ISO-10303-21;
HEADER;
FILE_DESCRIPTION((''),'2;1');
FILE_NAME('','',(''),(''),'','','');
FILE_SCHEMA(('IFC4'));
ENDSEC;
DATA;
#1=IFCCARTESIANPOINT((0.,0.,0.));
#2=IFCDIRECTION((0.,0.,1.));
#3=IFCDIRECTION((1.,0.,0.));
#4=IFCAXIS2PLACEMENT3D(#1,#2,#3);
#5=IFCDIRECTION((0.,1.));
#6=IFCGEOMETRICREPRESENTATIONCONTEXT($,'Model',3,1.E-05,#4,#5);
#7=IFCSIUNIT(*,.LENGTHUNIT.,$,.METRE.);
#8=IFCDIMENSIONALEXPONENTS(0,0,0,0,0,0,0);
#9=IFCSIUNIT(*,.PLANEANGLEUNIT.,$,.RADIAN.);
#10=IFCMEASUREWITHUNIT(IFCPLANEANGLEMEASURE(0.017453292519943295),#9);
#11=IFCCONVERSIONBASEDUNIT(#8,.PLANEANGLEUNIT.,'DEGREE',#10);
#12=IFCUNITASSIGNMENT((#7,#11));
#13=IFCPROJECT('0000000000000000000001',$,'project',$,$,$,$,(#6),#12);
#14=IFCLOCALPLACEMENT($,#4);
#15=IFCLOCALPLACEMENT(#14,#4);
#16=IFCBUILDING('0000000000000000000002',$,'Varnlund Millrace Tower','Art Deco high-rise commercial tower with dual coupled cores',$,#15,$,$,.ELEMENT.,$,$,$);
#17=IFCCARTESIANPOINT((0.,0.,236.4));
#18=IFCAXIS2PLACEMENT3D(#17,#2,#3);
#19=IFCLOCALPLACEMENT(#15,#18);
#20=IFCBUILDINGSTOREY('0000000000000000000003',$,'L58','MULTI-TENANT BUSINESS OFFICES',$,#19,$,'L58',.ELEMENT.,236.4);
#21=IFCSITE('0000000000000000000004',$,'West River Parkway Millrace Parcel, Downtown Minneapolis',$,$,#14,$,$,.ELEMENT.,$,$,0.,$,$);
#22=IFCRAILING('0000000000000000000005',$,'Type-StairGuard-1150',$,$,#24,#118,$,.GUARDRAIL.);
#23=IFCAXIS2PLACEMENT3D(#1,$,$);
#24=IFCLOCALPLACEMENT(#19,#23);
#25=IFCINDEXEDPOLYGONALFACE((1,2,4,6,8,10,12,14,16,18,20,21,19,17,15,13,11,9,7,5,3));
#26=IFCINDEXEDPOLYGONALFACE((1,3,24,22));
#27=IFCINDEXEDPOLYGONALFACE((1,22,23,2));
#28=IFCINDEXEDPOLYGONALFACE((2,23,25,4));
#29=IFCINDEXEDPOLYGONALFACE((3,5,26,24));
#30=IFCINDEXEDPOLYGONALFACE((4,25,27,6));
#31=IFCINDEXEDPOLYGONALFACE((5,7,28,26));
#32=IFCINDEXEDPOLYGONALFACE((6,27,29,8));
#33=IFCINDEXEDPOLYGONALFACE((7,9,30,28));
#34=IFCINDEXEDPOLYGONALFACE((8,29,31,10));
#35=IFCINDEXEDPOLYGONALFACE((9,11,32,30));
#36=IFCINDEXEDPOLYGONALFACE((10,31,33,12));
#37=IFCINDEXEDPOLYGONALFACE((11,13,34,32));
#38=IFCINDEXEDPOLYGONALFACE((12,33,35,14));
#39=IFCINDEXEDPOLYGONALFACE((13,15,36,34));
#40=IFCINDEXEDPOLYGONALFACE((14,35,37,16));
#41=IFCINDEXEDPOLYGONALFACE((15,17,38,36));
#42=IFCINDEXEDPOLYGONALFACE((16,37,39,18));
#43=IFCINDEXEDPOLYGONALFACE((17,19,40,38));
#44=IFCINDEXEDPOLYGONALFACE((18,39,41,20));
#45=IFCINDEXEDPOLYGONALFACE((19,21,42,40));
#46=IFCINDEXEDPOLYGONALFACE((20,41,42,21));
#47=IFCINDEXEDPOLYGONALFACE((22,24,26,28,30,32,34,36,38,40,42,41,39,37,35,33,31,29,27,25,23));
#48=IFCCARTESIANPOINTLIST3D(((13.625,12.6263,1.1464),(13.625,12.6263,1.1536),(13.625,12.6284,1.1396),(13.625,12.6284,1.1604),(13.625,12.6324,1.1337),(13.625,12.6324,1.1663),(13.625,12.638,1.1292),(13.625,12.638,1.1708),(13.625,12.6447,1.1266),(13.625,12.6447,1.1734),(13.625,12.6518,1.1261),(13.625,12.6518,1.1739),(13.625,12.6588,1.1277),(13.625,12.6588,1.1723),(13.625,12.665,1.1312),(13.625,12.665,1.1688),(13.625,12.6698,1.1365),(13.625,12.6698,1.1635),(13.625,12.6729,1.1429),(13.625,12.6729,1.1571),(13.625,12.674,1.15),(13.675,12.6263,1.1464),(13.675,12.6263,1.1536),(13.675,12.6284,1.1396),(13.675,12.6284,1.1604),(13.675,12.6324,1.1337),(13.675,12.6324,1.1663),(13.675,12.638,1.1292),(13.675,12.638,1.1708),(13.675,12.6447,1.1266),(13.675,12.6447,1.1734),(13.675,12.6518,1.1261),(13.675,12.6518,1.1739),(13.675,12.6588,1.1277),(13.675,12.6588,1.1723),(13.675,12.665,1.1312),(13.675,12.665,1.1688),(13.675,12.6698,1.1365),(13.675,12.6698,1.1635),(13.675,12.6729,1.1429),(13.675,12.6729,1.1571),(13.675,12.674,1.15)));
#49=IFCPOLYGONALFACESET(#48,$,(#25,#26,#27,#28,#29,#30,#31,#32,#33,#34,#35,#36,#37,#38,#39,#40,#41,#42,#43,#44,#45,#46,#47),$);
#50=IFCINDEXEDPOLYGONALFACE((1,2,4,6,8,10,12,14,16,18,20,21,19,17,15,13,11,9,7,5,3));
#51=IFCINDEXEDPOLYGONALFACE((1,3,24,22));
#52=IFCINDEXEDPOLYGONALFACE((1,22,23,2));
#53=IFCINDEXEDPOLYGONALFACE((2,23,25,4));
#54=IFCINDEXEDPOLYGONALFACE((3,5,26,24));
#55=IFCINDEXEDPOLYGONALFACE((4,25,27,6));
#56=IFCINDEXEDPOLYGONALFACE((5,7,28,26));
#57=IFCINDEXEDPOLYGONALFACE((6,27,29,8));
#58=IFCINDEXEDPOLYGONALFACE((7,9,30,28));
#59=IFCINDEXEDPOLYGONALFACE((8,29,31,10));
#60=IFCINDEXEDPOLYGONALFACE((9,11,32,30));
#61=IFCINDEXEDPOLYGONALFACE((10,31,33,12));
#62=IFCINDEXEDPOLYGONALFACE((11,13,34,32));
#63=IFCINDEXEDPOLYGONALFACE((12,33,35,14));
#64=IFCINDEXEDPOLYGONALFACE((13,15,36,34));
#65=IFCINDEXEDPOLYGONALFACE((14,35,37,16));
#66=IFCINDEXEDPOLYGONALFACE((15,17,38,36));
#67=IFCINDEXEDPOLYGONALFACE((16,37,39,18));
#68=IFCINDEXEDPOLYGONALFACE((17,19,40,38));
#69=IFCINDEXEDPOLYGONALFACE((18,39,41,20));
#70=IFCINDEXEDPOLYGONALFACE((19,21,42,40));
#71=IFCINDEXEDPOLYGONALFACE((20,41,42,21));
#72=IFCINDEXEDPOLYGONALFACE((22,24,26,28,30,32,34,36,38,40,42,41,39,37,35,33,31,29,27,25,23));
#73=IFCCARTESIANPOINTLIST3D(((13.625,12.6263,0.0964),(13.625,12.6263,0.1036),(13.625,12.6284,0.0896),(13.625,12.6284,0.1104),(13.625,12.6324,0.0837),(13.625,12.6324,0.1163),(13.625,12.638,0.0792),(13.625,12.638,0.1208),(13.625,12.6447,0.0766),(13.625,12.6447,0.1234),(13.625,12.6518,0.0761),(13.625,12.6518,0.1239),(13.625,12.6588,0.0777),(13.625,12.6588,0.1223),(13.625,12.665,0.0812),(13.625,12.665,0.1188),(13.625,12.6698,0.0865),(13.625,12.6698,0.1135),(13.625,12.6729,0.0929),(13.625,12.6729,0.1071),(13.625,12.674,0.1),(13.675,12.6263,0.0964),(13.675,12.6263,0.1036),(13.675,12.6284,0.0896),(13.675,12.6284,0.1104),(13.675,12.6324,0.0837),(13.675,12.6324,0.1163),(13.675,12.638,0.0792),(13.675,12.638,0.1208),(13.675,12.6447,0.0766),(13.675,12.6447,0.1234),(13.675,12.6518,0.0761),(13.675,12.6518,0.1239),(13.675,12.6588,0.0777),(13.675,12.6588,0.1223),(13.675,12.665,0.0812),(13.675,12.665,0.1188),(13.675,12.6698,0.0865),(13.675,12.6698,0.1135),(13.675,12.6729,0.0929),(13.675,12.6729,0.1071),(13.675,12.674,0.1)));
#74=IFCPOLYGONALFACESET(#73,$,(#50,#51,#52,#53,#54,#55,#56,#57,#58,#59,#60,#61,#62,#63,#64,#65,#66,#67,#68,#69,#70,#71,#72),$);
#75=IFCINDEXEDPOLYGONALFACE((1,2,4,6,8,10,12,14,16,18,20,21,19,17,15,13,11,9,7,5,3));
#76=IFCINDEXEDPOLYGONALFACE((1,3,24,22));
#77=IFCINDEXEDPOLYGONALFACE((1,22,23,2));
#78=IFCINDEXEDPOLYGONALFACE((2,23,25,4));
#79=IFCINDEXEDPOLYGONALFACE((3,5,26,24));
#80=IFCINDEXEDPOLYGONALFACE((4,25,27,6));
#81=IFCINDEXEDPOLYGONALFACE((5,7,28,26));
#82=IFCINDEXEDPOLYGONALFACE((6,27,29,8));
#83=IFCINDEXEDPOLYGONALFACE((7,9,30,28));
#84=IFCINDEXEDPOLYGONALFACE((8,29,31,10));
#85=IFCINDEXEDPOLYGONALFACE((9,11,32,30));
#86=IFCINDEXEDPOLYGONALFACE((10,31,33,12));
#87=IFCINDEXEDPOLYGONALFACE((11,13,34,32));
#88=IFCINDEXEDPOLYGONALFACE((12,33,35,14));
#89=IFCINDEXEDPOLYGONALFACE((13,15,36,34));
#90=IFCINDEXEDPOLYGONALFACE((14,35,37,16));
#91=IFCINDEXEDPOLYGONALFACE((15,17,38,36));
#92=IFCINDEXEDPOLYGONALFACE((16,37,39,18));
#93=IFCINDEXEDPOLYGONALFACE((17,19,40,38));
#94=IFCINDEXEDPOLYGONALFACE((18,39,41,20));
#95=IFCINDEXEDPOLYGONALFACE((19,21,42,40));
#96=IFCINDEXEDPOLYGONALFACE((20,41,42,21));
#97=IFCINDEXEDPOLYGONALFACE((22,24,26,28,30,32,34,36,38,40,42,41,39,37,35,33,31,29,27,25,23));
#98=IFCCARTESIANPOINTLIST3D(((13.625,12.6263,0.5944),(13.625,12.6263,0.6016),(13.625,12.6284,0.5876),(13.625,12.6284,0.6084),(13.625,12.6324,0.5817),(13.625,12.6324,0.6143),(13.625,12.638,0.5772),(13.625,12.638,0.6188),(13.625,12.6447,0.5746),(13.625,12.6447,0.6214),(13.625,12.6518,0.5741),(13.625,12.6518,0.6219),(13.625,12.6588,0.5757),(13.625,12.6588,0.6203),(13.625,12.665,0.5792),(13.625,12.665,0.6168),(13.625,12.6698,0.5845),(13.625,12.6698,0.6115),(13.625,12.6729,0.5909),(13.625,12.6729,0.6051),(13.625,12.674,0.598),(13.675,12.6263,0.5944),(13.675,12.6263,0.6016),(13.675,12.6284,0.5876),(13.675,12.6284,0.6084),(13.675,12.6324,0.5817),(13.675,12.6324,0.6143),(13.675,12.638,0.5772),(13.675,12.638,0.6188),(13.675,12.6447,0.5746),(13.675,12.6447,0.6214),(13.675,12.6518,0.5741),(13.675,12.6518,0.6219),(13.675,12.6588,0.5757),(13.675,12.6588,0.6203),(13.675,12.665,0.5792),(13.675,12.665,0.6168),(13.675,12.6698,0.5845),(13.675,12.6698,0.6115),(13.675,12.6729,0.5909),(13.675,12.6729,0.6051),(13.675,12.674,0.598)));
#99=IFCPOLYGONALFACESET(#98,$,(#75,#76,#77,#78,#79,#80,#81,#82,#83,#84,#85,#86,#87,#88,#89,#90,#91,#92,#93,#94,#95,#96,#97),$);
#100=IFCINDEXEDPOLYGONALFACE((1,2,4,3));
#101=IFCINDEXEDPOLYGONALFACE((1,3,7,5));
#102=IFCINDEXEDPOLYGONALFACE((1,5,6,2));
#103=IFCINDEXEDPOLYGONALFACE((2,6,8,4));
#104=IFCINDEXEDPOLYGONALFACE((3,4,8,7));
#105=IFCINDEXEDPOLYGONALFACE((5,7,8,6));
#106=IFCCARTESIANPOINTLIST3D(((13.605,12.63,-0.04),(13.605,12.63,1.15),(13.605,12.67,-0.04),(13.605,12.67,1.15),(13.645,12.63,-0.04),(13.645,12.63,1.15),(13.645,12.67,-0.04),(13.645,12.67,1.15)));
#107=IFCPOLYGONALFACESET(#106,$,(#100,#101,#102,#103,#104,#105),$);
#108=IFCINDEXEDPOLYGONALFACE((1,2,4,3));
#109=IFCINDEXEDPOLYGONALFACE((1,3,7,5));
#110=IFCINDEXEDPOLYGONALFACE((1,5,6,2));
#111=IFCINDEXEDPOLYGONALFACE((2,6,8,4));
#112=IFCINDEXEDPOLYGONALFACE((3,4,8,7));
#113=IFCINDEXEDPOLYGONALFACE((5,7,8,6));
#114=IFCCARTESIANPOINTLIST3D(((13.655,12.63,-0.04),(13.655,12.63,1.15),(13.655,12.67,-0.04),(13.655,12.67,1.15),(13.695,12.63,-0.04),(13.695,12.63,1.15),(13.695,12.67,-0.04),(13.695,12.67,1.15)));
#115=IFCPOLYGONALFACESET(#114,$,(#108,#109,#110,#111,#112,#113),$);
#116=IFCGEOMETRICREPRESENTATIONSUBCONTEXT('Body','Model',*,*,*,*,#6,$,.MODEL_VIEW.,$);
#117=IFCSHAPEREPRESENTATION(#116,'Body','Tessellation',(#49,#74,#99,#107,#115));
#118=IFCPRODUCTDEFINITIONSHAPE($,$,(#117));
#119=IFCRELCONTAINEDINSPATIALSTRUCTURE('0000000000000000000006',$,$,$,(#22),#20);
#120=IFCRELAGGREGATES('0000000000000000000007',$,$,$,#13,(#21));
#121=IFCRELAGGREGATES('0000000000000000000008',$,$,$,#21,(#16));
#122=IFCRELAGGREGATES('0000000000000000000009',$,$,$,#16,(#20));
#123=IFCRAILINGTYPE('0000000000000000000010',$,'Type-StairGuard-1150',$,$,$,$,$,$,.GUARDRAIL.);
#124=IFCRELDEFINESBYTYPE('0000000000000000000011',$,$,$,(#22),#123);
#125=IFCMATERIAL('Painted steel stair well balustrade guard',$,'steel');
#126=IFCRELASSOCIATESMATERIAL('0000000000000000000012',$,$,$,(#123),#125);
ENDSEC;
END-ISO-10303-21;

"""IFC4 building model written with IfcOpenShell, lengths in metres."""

from ifc_helpers import new_model, entity, si_unit, converted_unit, direction, frame, origin_with_axes, origin_2d_with_axis, place, context, subcontext, project, spatial, rectangle, circle, extrude, material, type_object, element, save


model = new_model("IFC4")

# Units and contexts
model_context = context("Model", 3, precision=1e-05, world=origin_with_axes(), true_north=direction((0.0, 1.0)))
body_context = subcontext(model_context, "Body", "Model", "MODEL_VIEW")
ifc_project = project(units=[si_unit("LENGTHUNIT", "METRE"), converted_unit("PLANEANGLEUNIT", "DEGREE", entity("IfcPlaneAngleMeasure", 0.017453292519943295), si_unit("PLANEANGLEUNIT", "RADIAN"), dimensions=[0, 0, 0, 0, 0, 0, 0])], contexts=[model_context])

# Site, building, storey
site_placement = place(None, origin_with_axes())
site = spatial("IfcSite", under=ifc_project, at=site_placement, Name="West River Parkway Millrace Parcel, Downtown Minneapolis", CompositionType="ELEMENT", RefElevation=0.0)
building_placement = place(site_placement, origin_with_axes())
building = spatial("IfcBuilding", under=site, at=building_placement, Name="Varnlund Millrace Tower", Description="Art Deco high-rise commercial tower with dual coupled cores", CompositionType="ELEMENT")
storey_placement = place(building_placement, frame((0.0, 0.0, 236.4), z_axis=(0.0, 0.0, 1.0), x_axis=(1.0, 0.0, 0.0)))
storey = spatial("IfcBuildingStorey", under=building, at=storey_placement, Name="L58", Description="MULTI-TENANT BUSINESS OFFICES", LongName="L58", CompositionType="ELEMENT", Elevation=236.4)

# Railing
ifc_material_1 = material(Name="Painted steel stair well balustrade guard", Category="steel")
railing_type_1 = type_object("IfcRailingType", Name="Type-StairGuard-1150", PredefinedType="GUARDRAIL", material=ifc_material_1)
railing_1_placement = place(storey_placement, frame((0.0, 0.0, -236.4), z_axis=(0.0, 0.0, 1.0), x_axis=(1.0, 0.0, 0.0)))
element("IfcRailing", 1, at=railing_1_placement, inside=storey, type_object=railing_type_1, Name="Type-StairGuard-1150", PredefinedType="GUARDRAIL", context=body_context, shape_type="SweptSolid", body=[
    extrude(circle(Radius=0.024, at=origin_2d_with_axis()), frame((13.625, 12.65, 237.55), z_axis=(1.0, 0.0, 0.0), x_axis=(0.0, 1.0, 0.0)), (0.0, 0.0, 1.0), 0.05),
    extrude(circle(Radius=0.024, at=origin_2d_with_axis()), frame((13.625, 12.65, 236.5), z_axis=(1.0, 0.0, 0.0), x_axis=(0.0, 1.0, 0.0)), (0.0, 0.0, 1.0), 0.05),
    extrude(circle(Radius=0.024, at=origin_2d_with_axis()), frame((13.625, 12.65, 236.998), z_axis=(1.0, 0.0, 0.0), x_axis=(0.0, 1.0, 0.0)), (0.0, 0.0, 1.0), 0.05),
    extrude(rectangle(XDim=0.04, YDim=0.04, at=origin_2d_with_axis()), frame((13.625, 12.65, 236.36), z_axis=(0.0, 0.0, 1.0), x_axis=(1.0, 0.0, 0.0)), (0.0, 0.0, 1.0), 1.19),
    extrude(rectangle(XDim=0.04, YDim=0.04, at=origin_2d_with_axis()), frame((13.675, 12.65, 236.36), z_axis=(0.0, 0.0, 1.0), x_axis=(1.0, 0.0, 0.0)), (0.0, 0.0, 1.0), 1.19),
])

save(model, "model.ifc")
